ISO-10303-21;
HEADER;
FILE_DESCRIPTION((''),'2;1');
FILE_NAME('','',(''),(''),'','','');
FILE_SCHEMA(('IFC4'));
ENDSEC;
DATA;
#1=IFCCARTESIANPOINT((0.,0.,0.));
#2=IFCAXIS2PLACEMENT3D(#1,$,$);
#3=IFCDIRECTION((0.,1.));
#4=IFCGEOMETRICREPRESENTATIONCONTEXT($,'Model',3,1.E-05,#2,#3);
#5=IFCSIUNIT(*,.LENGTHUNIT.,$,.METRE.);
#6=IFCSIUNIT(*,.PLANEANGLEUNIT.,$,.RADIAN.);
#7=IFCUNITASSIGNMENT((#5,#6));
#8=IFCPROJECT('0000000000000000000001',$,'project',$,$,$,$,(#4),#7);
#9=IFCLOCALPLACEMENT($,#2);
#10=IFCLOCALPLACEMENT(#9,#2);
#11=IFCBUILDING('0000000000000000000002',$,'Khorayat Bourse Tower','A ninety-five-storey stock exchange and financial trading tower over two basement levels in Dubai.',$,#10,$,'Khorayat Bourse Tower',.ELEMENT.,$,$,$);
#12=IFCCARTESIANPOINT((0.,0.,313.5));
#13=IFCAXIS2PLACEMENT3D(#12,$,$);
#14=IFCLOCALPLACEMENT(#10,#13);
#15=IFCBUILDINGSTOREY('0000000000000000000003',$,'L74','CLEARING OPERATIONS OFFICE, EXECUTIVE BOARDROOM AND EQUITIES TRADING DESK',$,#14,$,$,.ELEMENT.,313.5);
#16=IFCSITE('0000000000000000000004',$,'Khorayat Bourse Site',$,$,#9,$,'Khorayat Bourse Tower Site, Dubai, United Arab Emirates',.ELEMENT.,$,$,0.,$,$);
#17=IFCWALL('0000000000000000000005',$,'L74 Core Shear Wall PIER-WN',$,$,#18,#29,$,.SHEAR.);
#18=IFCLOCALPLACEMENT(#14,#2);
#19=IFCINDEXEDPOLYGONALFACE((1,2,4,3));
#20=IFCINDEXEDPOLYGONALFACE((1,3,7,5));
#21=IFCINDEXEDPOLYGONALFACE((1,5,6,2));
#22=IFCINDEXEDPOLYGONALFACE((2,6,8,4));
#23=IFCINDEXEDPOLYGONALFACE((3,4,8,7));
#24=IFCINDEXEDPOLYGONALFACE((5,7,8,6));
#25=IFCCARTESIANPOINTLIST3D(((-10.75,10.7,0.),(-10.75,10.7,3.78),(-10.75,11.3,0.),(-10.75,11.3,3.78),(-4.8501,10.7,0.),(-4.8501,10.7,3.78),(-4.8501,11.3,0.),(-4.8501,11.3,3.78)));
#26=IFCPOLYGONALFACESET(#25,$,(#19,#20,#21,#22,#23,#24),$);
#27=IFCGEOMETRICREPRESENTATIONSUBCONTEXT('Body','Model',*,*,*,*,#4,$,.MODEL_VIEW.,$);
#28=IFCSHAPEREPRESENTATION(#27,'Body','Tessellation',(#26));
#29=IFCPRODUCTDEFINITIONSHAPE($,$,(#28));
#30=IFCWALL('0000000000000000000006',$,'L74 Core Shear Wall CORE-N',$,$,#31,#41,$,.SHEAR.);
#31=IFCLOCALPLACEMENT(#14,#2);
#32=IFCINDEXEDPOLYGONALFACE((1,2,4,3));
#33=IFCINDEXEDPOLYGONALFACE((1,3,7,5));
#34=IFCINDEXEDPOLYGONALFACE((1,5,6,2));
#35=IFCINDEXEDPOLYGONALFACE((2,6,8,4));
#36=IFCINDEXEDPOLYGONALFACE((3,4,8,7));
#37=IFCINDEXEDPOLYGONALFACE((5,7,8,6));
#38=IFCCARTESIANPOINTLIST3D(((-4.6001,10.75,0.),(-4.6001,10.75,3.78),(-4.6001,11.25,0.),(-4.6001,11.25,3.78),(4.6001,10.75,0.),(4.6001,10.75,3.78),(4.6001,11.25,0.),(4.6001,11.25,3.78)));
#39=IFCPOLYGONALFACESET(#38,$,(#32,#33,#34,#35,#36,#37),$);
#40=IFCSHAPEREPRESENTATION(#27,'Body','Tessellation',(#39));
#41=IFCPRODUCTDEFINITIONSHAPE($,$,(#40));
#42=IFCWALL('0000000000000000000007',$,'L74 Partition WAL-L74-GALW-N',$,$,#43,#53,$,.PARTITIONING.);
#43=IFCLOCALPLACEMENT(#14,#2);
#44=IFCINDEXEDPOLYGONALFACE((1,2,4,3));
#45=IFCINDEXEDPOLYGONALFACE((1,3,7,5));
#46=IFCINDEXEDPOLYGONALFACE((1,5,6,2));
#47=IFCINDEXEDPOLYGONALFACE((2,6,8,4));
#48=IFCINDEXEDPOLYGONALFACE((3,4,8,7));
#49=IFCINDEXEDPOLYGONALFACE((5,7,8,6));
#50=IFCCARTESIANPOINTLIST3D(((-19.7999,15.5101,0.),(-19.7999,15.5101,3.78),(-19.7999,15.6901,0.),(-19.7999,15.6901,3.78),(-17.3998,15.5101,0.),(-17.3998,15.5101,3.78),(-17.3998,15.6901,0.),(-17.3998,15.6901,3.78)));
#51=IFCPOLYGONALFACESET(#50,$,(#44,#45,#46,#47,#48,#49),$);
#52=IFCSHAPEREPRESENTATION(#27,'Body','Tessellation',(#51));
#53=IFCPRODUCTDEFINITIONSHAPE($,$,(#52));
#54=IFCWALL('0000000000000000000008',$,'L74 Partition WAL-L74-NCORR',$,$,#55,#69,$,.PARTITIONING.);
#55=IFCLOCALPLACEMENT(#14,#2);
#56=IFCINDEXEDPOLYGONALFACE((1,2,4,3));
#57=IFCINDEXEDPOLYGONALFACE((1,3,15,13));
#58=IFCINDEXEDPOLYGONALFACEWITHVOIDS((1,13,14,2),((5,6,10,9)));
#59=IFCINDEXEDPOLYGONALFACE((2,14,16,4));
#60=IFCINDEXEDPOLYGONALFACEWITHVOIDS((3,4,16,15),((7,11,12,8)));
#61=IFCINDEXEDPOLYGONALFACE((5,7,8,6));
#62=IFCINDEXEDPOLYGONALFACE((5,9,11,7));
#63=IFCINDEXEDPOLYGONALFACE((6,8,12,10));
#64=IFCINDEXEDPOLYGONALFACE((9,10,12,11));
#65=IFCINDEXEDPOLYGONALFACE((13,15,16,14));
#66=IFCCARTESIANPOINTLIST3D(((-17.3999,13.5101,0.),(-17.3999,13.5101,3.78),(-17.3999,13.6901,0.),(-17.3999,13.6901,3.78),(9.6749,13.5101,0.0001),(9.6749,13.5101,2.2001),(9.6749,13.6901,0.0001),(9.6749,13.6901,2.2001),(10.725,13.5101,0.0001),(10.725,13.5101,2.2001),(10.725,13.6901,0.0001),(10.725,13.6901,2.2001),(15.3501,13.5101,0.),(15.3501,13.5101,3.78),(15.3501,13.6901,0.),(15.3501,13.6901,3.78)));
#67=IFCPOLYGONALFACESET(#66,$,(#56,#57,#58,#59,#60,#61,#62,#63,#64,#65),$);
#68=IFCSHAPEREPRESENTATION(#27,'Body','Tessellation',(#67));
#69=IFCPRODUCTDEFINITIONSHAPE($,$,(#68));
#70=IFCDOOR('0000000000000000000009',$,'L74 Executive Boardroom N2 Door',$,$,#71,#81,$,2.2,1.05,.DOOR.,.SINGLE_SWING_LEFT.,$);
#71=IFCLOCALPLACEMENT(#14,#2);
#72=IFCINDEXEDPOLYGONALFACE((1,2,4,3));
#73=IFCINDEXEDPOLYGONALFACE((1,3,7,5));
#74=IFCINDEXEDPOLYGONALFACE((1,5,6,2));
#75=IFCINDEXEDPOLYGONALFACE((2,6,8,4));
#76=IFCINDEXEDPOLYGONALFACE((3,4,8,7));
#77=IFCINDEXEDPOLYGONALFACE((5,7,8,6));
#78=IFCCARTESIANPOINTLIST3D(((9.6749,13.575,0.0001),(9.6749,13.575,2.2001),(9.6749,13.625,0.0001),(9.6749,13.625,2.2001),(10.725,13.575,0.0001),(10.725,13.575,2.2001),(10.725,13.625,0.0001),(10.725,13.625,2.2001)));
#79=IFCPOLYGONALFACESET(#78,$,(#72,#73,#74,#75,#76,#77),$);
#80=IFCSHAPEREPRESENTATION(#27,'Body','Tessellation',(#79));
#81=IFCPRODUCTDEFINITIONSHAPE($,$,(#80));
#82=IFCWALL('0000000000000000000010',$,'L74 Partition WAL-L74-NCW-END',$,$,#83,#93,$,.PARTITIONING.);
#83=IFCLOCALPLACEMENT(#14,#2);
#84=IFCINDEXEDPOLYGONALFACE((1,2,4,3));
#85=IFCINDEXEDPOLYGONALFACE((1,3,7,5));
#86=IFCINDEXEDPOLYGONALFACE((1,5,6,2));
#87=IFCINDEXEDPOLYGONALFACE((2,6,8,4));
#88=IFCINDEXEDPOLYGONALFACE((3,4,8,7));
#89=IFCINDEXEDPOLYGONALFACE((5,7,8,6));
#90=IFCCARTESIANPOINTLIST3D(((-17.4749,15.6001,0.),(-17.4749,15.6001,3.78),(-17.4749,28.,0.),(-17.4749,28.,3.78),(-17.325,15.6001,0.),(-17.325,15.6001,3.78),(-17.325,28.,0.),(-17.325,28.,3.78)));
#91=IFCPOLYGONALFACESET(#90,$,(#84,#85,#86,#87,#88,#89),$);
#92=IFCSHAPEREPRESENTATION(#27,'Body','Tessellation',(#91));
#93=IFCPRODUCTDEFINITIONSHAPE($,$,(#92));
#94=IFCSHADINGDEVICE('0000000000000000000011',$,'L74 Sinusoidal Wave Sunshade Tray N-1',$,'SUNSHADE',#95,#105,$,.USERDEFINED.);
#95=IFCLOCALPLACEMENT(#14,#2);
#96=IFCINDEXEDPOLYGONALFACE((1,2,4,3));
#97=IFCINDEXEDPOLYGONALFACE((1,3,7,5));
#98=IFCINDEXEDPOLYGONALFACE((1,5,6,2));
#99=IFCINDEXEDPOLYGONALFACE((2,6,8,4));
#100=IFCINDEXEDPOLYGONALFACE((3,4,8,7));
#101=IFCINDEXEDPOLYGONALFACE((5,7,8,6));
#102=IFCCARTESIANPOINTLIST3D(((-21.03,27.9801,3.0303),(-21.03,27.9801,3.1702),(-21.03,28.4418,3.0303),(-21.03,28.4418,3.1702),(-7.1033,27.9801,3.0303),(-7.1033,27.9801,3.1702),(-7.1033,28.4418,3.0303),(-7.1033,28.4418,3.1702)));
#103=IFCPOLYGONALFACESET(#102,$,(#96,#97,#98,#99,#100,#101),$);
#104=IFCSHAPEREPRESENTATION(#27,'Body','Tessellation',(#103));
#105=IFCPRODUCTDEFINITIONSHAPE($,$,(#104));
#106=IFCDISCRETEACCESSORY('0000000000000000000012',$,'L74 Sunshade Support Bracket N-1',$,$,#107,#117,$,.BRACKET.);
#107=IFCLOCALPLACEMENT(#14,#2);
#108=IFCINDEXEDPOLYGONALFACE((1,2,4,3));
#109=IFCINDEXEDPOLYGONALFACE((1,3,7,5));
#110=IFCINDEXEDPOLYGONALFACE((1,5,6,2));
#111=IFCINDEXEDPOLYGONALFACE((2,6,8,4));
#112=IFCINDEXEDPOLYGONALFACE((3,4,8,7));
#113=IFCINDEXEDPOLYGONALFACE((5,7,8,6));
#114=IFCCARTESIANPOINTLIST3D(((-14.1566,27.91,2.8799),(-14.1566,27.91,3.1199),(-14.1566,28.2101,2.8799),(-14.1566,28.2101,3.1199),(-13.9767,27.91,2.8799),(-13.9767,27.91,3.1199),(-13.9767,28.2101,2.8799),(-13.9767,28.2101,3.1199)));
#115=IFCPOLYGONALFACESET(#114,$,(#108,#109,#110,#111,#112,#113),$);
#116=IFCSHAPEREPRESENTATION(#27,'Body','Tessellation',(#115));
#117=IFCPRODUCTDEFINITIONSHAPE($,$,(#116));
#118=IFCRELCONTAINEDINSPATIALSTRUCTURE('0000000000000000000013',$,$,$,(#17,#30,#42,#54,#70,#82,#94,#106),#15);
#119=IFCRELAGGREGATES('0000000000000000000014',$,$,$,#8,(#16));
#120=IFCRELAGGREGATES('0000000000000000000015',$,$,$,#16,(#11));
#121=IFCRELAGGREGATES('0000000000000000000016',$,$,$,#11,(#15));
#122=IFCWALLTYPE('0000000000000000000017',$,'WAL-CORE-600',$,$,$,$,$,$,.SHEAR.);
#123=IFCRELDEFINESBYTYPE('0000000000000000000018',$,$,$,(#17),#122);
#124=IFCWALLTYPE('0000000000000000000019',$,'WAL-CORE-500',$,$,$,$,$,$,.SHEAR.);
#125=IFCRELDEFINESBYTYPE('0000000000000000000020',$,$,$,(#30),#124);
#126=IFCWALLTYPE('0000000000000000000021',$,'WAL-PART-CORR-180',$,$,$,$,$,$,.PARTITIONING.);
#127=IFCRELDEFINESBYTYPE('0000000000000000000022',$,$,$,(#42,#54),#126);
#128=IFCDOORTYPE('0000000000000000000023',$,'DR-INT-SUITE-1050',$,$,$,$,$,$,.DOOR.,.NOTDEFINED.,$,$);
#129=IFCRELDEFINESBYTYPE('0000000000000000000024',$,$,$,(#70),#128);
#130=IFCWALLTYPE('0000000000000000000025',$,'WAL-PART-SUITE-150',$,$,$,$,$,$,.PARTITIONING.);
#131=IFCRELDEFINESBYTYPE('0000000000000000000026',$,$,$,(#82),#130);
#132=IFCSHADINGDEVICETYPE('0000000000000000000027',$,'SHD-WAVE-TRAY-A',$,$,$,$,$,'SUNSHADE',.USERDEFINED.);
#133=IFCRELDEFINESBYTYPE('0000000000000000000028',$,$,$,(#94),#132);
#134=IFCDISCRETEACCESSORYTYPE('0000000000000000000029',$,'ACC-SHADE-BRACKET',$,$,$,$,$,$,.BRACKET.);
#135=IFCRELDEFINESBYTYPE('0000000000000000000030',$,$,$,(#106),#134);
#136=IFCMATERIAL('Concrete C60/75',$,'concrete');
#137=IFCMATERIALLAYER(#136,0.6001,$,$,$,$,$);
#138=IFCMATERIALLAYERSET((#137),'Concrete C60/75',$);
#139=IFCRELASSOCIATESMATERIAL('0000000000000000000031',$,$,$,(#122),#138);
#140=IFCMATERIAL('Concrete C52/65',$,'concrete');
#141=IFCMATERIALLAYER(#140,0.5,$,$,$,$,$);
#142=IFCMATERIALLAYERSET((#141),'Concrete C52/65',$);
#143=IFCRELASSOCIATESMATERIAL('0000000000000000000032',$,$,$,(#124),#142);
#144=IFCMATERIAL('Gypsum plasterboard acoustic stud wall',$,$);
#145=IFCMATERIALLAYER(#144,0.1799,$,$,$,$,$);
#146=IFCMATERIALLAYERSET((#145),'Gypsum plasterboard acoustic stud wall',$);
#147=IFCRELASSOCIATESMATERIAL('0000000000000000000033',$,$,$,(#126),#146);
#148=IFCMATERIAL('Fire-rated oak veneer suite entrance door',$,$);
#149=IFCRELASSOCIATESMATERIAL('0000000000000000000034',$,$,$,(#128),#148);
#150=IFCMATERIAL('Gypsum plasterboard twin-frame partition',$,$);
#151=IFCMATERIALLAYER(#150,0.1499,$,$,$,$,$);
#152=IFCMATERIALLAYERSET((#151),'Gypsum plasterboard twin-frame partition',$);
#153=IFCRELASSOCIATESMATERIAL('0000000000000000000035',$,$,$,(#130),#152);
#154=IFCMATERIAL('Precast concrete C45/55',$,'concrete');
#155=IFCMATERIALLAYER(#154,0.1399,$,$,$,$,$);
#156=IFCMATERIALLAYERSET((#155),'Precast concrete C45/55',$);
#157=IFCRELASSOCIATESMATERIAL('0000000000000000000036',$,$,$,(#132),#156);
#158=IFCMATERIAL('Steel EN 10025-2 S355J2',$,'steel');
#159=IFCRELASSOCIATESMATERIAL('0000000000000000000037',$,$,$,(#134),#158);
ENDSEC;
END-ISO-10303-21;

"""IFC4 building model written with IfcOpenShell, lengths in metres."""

from ifc_helpers import new_model, si_unit, direction, frame, frame_2d, origin, origin_2d, place, context, subcontext, project, spatial, rectangle, extrude, source, transform, mapped, material, layer, layer_set, type_object, element, fill, save


model = new_model("IFC4")

# Units and contexts
model_context = context("Model", 3, precision=1e-05, world=origin(), true_north=direction((0.0, 1.0)))
body_context = subcontext(model_context, "Body", "Model", "MODEL_VIEW")
ifc_project = project(units=[si_unit("LENGTHUNIT", "METRE"), si_unit("PLANEANGLEUNIT", "RADIAN")], contexts=[model_context])

# Site, building, storey
site_placement = place(None, origin())
site = spatial("IfcSite", under=ifc_project, at=site_placement, Name="Khorayat Bourse Site", LongName="Khorayat Bourse Tower Site, Dubai, United Arab Emirates", CompositionType="ELEMENT", RefElevation=0.0)
building_placement = place(site_placement, origin())
building = spatial("IfcBuilding", under=site, at=building_placement, Name="Khorayat Bourse Tower", Description="A ninety-five-storey stock exchange and financial trading tower over two basement levels in Dubai.", LongName="Khorayat Bourse Tower", CompositionType="ELEMENT")
storey_placement = place(building_placement, frame((0.0, 0.0, 313.5)))
storey = spatial("IfcBuildingStorey", under=building, at=storey_placement, Name="L74", Description="CLEARING OPERATIONS OFFICE, EXECUTIVE BOARDROOM AND EQUITIES TRADING DESK", CompositionType="ELEMENT", Elevation=313.5)

# Shared definitions
ifc_material_1 = material(Name="Concrete C52/65", Category="concrete")

# Shared definitions
ifc_material_2 = material(Name="Concrete C60/75", Category="concrete")

# Shared definitions
ifc_material_3 = material(Name="Steel EN 10025-2 S355J2", Category="steel")

# Walls
ifc_layer_1 = layer(ifc_material_2, 0.6001)
ifc_layer_set_1 = layer_set([ifc_layer_1], Name="Concrete C60/75")
wall_type_1 = type_object("IfcWallType", Name="WAL-CORE-600", PredefinedType="SHEAR", material=ifc_layer_set_1)
shared_shape_1 = source(origin(), body_context, "Body", "SweptSolid", [
    extrude(rectangle(XDim=5.8999, YDim=0.6001, at=frame_2d((2.95, 0.0))), origin(), (0.0, 0.0, 1.0), 3.78),
])
wall_1_placement = place(storey_placement, frame((-10.75, 11.0, 0.0), z_axis=(0.0, 0.0, 1.0), x_axis=(1.0, 0.0, 0.0)))
element("IfcWall", 1, at=wall_1_placement, inside=storey, type_object=wall_type_1, Name="L74 Core Shear Wall PIER-WN", PredefinedType="SHEAR", context=body_context, shape_type="MappedRepresentation", body=[
    mapped(shared_shape_1, transform((0.0, 0.0, 0.0), scale=1.0)),
])
ifc_layer_2 = layer(ifc_material_1, 0.5)
ifc_layer_set_2 = layer_set([ifc_layer_2], Name="Concrete C52/65")
wall_type_2 = type_object("IfcWallType", Name="WAL-CORE-500", PredefinedType="SHEAR", material=ifc_layer_set_2)
shared_shape_2 = source(origin(), body_context, "Body", "SweptSolid", [
    extrude(rectangle(XDim=9.2002, YDim=0.5, at=frame_2d((4.6001, 0.0))), origin(), (0.0, 0.0, 1.0), 3.78),
])
wall_2_placement = place(storey_placement, frame((-4.6001, 11.0, 0.0), z_axis=(0.0, 0.0, 1.0), x_axis=(1.0, 0.0, 0.0)))
element("IfcWall", 2, at=wall_2_placement, inside=storey, type_object=wall_type_2, Name="L74 Core Shear Wall CORE-N", PredefinedType="SHEAR", context=body_context, shape_type="MappedRepresentation", body=[
    mapped(shared_shape_2, transform((0.0, 0.0, 0.0), scale=1.0)),
])
ifc_material_4 = material(Name="Gypsum plasterboard acoustic stud wall")
ifc_layer_3 = layer(ifc_material_4, 0.1799)
ifc_layer_set_3 = layer_set([ifc_layer_3], Name="Gypsum plasterboard acoustic stud wall")
wall_type_3 = type_object("IfcWallType", Name="WAL-PART-CORR-180", PredefinedType="PARTITIONING", material=ifc_layer_set_3)
shared_shape_3 = source(origin(), body_context, "Body", "SweptSolid", [
    extrude(rectangle(XDim=2.4001, YDim=0.1799, at=frame_2d((1.2002, 0.0))), origin(), (0.0, 0.0, 1.0), 3.78),
])
wall_3_placement = place(storey_placement, frame((-19.8, 15.6001, 0.0), z_axis=(0.0, 0.0, 1.0), x_axis=(1.0, 0.0, 0.0)))
element("IfcWall", 3, at=wall_3_placement, inside=storey, type_object=wall_type_3, Name="L74 Partition WAL-L74-GALW-N", PredefinedType="PARTITIONING", context=body_context, shape_type="MappedRepresentation", body=[
    mapped(shared_shape_3, transform((0.0, 0.0, 0.0), scale=1.0)),
])

# Wall, opening, door
shared_shape_4 = source(origin(), body_context, "Body", "SweptSolid", [
    extrude(rectangle(XDim=32.75, YDim=0.1799, at=frame_2d((16.375, 0.0))), origin(), (0.0, 0.0, 1.0), 3.78),
])
wall_4_placement = place(storey_placement, frame((-17.3999, 13.6001, 0.0), z_axis=(0.0, 0.0, 1.0), x_axis=(1.0, 0.0, 0.0)))
wall_4 = element("IfcWall", 4, at=wall_4_placement, inside=storey, type_object=wall_type_3, Name="L74 Partition WAL-L74-NCORR", PredefinedType="PARTITIONING", context=body_context, shape_type="MappedRepresentation", body=[
    mapped(shared_shape_4, transform((0.0, 0.0, 0.0), scale=1.0)),
])
shared_shape_5 = source(origin(), body_context, "Body", "SweptSolid", [
    extrude(rectangle(XDim=1.05, YDim=2.2, at=frame_2d((0.5249, 1.1001))), frame((0.0, 0.0999, 0.0), z_axis=(0.0, -1.0, 0.0), x_axis=(1.0, 0.0, 0.0)), (0.0, 0.0, 1.0), 0.2),
])
opening_placement = place(wall_4_placement, frame((27.075, 0.0, 0.0)))
opening = element("IfcOpeningElement", 5, at=opening_placement, cuts=wall_4, PredefinedType="OPENING", context=body_context, shape_type="MappedRepresentation", body=[
    mapped(shared_shape_5, transform((0.0, 0.0, 0.0), scale=1.0)),
])
ifc_material_5 = material(Name="Fire-rated oak veneer suite entrance door")
door_type = type_object("IfcDoorType", Name="DR-INT-SUITE-1050", OperationType="NOTDEFINED", PredefinedType="DOOR", material=ifc_material_5)
shared_shape_6 = source(origin(), body_context, "Body", "SweptSolid", [
    extrude(rectangle(XDim=1.05, YDim=2.2, at=frame_2d((0.5249, 1.1001))), frame((0.0, 0.0249, 0.0), z_axis=(0.0, -1.0, 0.0), x_axis=(1.0, 0.0, 0.0)), (0.0, 0.0, 1.0), 0.05),
])
door_placement = place(opening_placement, origin())
door = element("IfcDoor", 6, at=door_placement, inside=storey, type_object=door_type, Name="L74 Executive Boardroom N2 Door", OperationType="SINGLE_SWING_LEFT", OverallHeight=2.2, OverallWidth=1.05, PredefinedType="DOOR", context=body_context, shape_type="MappedRepresentation", body=[
    mapped(shared_shape_6, transform((0.0, 0.0, 0.0), scale=1.0)),
])
fill(opening, door)

# Wall
ifc_material_6 = material(Name="Gypsum plasterboard twin-frame partition")
ifc_layer_4 = layer(ifc_material_6, 0.1499)
ifc_layer_set_4 = layer_set([ifc_layer_4], Name="Gypsum plasterboard twin-frame partition")
wall_type_4 = type_object("IfcWallType", Name="WAL-PART-SUITE-150", PredefinedType="PARTITIONING", material=ifc_layer_set_4)
shared_shape_7 = source(origin(), body_context, "Body", "SweptSolid", [
    extrude(rectangle(XDim=12.3999, YDim=0.1499, at=frame_2d((6.2, 0.0))), origin(), (0.0, 0.0, 1.0), 3.78),
])
wall_5_placement = place(storey_placement, frame((-17.3999, 15.6001, 0.0), z_axis=(0.0, 0.0, 1.0), x_axis=(0.0, 1.0, 0.0)))
element("IfcWall", 7, at=wall_5_placement, inside=storey, type_object=wall_type_4, Name="L74 Partition WAL-L74-NCW-END", PredefinedType="PARTITIONING", context=body_context, shape_type="MappedRepresentation", body=[
    mapped(shared_shape_7, transform((0.0, 0.0, 0.0), scale=1.0)),
])

# Shading device
ifc_material_7 = material(Name="Precast concrete C45/55", Category="concrete")
ifc_layer_5 = layer(ifc_material_7, 0.1399)
ifc_layer_set_5 = layer_set([ifc_layer_5], Name="Precast concrete C45/55")
shading_device_type = type_object("IfcShadingDeviceType", Name="SHD-WAVE-TRAY-A", ElementType="SUNSHADE", PredefinedType="USERDEFINED", material=ifc_layer_set_5)
shared_shape_8 = source(origin(), body_context, "Body", "SweptSolid", [
    extrude(rectangle(XDim=13.9268, YDim=0.4617, at=origin_2d()), origin(), (0.0, 0.0, 1.0), 0.1399),
])
shading_device_placement = place(storey_placement, frame((-14.0667, 28.2109, 3.0303), z_axis=(0.0, 0.0, 1.0), x_axis=(1.0, 0.0, 0.0)))
element("IfcShadingDevice", 8, at=shading_device_placement, inside=storey, type_object=shading_device_type, Name="L74 Sinusoidal Wave Sunshade Tray N-1", ObjectType="SUNSHADE", PredefinedType="USERDEFINED", context=body_context, shape_type="MappedRepresentation", body=[
    mapped(shared_shape_8, transform((0.0, 0.0, 0.0), scale=1.0)),
])

# Discrete accessory
discrete_accessory_type = type_object("IfcDiscreteAccessoryType", Name="ACC-SHADE-BRACKET", PredefinedType="BRACKET", material=ifc_material_3)
shared_shape_9 = source(origin(), body_context, "Body", "SweptSolid", [
    extrude(rectangle(XDim=0.1799, YDim=0.3, at=origin_2d()), origin(), (0.0, 0.0, 1.0), 0.24),
])
discrete_accessory_placement = place(storey_placement, frame((-14.0667, 28.0601, 2.8799), z_axis=(0.0, 0.0, 1.0), x_axis=(1.0, 0.0, 0.0)))
element("IfcDiscreteAccessory", 9, at=discrete_accessory_placement, inside=storey, type_object=discrete_accessory_type, Name="L74 Sunshade Support Bracket N-1", PredefinedType="BRACKET", context=body_context, shape_type="MappedRepresentation", body=[
    mapped(shared_shape_9, transform((0.0, 0.0, 0.0), scale=1.0)),
])

save(model, "model.ifc")
